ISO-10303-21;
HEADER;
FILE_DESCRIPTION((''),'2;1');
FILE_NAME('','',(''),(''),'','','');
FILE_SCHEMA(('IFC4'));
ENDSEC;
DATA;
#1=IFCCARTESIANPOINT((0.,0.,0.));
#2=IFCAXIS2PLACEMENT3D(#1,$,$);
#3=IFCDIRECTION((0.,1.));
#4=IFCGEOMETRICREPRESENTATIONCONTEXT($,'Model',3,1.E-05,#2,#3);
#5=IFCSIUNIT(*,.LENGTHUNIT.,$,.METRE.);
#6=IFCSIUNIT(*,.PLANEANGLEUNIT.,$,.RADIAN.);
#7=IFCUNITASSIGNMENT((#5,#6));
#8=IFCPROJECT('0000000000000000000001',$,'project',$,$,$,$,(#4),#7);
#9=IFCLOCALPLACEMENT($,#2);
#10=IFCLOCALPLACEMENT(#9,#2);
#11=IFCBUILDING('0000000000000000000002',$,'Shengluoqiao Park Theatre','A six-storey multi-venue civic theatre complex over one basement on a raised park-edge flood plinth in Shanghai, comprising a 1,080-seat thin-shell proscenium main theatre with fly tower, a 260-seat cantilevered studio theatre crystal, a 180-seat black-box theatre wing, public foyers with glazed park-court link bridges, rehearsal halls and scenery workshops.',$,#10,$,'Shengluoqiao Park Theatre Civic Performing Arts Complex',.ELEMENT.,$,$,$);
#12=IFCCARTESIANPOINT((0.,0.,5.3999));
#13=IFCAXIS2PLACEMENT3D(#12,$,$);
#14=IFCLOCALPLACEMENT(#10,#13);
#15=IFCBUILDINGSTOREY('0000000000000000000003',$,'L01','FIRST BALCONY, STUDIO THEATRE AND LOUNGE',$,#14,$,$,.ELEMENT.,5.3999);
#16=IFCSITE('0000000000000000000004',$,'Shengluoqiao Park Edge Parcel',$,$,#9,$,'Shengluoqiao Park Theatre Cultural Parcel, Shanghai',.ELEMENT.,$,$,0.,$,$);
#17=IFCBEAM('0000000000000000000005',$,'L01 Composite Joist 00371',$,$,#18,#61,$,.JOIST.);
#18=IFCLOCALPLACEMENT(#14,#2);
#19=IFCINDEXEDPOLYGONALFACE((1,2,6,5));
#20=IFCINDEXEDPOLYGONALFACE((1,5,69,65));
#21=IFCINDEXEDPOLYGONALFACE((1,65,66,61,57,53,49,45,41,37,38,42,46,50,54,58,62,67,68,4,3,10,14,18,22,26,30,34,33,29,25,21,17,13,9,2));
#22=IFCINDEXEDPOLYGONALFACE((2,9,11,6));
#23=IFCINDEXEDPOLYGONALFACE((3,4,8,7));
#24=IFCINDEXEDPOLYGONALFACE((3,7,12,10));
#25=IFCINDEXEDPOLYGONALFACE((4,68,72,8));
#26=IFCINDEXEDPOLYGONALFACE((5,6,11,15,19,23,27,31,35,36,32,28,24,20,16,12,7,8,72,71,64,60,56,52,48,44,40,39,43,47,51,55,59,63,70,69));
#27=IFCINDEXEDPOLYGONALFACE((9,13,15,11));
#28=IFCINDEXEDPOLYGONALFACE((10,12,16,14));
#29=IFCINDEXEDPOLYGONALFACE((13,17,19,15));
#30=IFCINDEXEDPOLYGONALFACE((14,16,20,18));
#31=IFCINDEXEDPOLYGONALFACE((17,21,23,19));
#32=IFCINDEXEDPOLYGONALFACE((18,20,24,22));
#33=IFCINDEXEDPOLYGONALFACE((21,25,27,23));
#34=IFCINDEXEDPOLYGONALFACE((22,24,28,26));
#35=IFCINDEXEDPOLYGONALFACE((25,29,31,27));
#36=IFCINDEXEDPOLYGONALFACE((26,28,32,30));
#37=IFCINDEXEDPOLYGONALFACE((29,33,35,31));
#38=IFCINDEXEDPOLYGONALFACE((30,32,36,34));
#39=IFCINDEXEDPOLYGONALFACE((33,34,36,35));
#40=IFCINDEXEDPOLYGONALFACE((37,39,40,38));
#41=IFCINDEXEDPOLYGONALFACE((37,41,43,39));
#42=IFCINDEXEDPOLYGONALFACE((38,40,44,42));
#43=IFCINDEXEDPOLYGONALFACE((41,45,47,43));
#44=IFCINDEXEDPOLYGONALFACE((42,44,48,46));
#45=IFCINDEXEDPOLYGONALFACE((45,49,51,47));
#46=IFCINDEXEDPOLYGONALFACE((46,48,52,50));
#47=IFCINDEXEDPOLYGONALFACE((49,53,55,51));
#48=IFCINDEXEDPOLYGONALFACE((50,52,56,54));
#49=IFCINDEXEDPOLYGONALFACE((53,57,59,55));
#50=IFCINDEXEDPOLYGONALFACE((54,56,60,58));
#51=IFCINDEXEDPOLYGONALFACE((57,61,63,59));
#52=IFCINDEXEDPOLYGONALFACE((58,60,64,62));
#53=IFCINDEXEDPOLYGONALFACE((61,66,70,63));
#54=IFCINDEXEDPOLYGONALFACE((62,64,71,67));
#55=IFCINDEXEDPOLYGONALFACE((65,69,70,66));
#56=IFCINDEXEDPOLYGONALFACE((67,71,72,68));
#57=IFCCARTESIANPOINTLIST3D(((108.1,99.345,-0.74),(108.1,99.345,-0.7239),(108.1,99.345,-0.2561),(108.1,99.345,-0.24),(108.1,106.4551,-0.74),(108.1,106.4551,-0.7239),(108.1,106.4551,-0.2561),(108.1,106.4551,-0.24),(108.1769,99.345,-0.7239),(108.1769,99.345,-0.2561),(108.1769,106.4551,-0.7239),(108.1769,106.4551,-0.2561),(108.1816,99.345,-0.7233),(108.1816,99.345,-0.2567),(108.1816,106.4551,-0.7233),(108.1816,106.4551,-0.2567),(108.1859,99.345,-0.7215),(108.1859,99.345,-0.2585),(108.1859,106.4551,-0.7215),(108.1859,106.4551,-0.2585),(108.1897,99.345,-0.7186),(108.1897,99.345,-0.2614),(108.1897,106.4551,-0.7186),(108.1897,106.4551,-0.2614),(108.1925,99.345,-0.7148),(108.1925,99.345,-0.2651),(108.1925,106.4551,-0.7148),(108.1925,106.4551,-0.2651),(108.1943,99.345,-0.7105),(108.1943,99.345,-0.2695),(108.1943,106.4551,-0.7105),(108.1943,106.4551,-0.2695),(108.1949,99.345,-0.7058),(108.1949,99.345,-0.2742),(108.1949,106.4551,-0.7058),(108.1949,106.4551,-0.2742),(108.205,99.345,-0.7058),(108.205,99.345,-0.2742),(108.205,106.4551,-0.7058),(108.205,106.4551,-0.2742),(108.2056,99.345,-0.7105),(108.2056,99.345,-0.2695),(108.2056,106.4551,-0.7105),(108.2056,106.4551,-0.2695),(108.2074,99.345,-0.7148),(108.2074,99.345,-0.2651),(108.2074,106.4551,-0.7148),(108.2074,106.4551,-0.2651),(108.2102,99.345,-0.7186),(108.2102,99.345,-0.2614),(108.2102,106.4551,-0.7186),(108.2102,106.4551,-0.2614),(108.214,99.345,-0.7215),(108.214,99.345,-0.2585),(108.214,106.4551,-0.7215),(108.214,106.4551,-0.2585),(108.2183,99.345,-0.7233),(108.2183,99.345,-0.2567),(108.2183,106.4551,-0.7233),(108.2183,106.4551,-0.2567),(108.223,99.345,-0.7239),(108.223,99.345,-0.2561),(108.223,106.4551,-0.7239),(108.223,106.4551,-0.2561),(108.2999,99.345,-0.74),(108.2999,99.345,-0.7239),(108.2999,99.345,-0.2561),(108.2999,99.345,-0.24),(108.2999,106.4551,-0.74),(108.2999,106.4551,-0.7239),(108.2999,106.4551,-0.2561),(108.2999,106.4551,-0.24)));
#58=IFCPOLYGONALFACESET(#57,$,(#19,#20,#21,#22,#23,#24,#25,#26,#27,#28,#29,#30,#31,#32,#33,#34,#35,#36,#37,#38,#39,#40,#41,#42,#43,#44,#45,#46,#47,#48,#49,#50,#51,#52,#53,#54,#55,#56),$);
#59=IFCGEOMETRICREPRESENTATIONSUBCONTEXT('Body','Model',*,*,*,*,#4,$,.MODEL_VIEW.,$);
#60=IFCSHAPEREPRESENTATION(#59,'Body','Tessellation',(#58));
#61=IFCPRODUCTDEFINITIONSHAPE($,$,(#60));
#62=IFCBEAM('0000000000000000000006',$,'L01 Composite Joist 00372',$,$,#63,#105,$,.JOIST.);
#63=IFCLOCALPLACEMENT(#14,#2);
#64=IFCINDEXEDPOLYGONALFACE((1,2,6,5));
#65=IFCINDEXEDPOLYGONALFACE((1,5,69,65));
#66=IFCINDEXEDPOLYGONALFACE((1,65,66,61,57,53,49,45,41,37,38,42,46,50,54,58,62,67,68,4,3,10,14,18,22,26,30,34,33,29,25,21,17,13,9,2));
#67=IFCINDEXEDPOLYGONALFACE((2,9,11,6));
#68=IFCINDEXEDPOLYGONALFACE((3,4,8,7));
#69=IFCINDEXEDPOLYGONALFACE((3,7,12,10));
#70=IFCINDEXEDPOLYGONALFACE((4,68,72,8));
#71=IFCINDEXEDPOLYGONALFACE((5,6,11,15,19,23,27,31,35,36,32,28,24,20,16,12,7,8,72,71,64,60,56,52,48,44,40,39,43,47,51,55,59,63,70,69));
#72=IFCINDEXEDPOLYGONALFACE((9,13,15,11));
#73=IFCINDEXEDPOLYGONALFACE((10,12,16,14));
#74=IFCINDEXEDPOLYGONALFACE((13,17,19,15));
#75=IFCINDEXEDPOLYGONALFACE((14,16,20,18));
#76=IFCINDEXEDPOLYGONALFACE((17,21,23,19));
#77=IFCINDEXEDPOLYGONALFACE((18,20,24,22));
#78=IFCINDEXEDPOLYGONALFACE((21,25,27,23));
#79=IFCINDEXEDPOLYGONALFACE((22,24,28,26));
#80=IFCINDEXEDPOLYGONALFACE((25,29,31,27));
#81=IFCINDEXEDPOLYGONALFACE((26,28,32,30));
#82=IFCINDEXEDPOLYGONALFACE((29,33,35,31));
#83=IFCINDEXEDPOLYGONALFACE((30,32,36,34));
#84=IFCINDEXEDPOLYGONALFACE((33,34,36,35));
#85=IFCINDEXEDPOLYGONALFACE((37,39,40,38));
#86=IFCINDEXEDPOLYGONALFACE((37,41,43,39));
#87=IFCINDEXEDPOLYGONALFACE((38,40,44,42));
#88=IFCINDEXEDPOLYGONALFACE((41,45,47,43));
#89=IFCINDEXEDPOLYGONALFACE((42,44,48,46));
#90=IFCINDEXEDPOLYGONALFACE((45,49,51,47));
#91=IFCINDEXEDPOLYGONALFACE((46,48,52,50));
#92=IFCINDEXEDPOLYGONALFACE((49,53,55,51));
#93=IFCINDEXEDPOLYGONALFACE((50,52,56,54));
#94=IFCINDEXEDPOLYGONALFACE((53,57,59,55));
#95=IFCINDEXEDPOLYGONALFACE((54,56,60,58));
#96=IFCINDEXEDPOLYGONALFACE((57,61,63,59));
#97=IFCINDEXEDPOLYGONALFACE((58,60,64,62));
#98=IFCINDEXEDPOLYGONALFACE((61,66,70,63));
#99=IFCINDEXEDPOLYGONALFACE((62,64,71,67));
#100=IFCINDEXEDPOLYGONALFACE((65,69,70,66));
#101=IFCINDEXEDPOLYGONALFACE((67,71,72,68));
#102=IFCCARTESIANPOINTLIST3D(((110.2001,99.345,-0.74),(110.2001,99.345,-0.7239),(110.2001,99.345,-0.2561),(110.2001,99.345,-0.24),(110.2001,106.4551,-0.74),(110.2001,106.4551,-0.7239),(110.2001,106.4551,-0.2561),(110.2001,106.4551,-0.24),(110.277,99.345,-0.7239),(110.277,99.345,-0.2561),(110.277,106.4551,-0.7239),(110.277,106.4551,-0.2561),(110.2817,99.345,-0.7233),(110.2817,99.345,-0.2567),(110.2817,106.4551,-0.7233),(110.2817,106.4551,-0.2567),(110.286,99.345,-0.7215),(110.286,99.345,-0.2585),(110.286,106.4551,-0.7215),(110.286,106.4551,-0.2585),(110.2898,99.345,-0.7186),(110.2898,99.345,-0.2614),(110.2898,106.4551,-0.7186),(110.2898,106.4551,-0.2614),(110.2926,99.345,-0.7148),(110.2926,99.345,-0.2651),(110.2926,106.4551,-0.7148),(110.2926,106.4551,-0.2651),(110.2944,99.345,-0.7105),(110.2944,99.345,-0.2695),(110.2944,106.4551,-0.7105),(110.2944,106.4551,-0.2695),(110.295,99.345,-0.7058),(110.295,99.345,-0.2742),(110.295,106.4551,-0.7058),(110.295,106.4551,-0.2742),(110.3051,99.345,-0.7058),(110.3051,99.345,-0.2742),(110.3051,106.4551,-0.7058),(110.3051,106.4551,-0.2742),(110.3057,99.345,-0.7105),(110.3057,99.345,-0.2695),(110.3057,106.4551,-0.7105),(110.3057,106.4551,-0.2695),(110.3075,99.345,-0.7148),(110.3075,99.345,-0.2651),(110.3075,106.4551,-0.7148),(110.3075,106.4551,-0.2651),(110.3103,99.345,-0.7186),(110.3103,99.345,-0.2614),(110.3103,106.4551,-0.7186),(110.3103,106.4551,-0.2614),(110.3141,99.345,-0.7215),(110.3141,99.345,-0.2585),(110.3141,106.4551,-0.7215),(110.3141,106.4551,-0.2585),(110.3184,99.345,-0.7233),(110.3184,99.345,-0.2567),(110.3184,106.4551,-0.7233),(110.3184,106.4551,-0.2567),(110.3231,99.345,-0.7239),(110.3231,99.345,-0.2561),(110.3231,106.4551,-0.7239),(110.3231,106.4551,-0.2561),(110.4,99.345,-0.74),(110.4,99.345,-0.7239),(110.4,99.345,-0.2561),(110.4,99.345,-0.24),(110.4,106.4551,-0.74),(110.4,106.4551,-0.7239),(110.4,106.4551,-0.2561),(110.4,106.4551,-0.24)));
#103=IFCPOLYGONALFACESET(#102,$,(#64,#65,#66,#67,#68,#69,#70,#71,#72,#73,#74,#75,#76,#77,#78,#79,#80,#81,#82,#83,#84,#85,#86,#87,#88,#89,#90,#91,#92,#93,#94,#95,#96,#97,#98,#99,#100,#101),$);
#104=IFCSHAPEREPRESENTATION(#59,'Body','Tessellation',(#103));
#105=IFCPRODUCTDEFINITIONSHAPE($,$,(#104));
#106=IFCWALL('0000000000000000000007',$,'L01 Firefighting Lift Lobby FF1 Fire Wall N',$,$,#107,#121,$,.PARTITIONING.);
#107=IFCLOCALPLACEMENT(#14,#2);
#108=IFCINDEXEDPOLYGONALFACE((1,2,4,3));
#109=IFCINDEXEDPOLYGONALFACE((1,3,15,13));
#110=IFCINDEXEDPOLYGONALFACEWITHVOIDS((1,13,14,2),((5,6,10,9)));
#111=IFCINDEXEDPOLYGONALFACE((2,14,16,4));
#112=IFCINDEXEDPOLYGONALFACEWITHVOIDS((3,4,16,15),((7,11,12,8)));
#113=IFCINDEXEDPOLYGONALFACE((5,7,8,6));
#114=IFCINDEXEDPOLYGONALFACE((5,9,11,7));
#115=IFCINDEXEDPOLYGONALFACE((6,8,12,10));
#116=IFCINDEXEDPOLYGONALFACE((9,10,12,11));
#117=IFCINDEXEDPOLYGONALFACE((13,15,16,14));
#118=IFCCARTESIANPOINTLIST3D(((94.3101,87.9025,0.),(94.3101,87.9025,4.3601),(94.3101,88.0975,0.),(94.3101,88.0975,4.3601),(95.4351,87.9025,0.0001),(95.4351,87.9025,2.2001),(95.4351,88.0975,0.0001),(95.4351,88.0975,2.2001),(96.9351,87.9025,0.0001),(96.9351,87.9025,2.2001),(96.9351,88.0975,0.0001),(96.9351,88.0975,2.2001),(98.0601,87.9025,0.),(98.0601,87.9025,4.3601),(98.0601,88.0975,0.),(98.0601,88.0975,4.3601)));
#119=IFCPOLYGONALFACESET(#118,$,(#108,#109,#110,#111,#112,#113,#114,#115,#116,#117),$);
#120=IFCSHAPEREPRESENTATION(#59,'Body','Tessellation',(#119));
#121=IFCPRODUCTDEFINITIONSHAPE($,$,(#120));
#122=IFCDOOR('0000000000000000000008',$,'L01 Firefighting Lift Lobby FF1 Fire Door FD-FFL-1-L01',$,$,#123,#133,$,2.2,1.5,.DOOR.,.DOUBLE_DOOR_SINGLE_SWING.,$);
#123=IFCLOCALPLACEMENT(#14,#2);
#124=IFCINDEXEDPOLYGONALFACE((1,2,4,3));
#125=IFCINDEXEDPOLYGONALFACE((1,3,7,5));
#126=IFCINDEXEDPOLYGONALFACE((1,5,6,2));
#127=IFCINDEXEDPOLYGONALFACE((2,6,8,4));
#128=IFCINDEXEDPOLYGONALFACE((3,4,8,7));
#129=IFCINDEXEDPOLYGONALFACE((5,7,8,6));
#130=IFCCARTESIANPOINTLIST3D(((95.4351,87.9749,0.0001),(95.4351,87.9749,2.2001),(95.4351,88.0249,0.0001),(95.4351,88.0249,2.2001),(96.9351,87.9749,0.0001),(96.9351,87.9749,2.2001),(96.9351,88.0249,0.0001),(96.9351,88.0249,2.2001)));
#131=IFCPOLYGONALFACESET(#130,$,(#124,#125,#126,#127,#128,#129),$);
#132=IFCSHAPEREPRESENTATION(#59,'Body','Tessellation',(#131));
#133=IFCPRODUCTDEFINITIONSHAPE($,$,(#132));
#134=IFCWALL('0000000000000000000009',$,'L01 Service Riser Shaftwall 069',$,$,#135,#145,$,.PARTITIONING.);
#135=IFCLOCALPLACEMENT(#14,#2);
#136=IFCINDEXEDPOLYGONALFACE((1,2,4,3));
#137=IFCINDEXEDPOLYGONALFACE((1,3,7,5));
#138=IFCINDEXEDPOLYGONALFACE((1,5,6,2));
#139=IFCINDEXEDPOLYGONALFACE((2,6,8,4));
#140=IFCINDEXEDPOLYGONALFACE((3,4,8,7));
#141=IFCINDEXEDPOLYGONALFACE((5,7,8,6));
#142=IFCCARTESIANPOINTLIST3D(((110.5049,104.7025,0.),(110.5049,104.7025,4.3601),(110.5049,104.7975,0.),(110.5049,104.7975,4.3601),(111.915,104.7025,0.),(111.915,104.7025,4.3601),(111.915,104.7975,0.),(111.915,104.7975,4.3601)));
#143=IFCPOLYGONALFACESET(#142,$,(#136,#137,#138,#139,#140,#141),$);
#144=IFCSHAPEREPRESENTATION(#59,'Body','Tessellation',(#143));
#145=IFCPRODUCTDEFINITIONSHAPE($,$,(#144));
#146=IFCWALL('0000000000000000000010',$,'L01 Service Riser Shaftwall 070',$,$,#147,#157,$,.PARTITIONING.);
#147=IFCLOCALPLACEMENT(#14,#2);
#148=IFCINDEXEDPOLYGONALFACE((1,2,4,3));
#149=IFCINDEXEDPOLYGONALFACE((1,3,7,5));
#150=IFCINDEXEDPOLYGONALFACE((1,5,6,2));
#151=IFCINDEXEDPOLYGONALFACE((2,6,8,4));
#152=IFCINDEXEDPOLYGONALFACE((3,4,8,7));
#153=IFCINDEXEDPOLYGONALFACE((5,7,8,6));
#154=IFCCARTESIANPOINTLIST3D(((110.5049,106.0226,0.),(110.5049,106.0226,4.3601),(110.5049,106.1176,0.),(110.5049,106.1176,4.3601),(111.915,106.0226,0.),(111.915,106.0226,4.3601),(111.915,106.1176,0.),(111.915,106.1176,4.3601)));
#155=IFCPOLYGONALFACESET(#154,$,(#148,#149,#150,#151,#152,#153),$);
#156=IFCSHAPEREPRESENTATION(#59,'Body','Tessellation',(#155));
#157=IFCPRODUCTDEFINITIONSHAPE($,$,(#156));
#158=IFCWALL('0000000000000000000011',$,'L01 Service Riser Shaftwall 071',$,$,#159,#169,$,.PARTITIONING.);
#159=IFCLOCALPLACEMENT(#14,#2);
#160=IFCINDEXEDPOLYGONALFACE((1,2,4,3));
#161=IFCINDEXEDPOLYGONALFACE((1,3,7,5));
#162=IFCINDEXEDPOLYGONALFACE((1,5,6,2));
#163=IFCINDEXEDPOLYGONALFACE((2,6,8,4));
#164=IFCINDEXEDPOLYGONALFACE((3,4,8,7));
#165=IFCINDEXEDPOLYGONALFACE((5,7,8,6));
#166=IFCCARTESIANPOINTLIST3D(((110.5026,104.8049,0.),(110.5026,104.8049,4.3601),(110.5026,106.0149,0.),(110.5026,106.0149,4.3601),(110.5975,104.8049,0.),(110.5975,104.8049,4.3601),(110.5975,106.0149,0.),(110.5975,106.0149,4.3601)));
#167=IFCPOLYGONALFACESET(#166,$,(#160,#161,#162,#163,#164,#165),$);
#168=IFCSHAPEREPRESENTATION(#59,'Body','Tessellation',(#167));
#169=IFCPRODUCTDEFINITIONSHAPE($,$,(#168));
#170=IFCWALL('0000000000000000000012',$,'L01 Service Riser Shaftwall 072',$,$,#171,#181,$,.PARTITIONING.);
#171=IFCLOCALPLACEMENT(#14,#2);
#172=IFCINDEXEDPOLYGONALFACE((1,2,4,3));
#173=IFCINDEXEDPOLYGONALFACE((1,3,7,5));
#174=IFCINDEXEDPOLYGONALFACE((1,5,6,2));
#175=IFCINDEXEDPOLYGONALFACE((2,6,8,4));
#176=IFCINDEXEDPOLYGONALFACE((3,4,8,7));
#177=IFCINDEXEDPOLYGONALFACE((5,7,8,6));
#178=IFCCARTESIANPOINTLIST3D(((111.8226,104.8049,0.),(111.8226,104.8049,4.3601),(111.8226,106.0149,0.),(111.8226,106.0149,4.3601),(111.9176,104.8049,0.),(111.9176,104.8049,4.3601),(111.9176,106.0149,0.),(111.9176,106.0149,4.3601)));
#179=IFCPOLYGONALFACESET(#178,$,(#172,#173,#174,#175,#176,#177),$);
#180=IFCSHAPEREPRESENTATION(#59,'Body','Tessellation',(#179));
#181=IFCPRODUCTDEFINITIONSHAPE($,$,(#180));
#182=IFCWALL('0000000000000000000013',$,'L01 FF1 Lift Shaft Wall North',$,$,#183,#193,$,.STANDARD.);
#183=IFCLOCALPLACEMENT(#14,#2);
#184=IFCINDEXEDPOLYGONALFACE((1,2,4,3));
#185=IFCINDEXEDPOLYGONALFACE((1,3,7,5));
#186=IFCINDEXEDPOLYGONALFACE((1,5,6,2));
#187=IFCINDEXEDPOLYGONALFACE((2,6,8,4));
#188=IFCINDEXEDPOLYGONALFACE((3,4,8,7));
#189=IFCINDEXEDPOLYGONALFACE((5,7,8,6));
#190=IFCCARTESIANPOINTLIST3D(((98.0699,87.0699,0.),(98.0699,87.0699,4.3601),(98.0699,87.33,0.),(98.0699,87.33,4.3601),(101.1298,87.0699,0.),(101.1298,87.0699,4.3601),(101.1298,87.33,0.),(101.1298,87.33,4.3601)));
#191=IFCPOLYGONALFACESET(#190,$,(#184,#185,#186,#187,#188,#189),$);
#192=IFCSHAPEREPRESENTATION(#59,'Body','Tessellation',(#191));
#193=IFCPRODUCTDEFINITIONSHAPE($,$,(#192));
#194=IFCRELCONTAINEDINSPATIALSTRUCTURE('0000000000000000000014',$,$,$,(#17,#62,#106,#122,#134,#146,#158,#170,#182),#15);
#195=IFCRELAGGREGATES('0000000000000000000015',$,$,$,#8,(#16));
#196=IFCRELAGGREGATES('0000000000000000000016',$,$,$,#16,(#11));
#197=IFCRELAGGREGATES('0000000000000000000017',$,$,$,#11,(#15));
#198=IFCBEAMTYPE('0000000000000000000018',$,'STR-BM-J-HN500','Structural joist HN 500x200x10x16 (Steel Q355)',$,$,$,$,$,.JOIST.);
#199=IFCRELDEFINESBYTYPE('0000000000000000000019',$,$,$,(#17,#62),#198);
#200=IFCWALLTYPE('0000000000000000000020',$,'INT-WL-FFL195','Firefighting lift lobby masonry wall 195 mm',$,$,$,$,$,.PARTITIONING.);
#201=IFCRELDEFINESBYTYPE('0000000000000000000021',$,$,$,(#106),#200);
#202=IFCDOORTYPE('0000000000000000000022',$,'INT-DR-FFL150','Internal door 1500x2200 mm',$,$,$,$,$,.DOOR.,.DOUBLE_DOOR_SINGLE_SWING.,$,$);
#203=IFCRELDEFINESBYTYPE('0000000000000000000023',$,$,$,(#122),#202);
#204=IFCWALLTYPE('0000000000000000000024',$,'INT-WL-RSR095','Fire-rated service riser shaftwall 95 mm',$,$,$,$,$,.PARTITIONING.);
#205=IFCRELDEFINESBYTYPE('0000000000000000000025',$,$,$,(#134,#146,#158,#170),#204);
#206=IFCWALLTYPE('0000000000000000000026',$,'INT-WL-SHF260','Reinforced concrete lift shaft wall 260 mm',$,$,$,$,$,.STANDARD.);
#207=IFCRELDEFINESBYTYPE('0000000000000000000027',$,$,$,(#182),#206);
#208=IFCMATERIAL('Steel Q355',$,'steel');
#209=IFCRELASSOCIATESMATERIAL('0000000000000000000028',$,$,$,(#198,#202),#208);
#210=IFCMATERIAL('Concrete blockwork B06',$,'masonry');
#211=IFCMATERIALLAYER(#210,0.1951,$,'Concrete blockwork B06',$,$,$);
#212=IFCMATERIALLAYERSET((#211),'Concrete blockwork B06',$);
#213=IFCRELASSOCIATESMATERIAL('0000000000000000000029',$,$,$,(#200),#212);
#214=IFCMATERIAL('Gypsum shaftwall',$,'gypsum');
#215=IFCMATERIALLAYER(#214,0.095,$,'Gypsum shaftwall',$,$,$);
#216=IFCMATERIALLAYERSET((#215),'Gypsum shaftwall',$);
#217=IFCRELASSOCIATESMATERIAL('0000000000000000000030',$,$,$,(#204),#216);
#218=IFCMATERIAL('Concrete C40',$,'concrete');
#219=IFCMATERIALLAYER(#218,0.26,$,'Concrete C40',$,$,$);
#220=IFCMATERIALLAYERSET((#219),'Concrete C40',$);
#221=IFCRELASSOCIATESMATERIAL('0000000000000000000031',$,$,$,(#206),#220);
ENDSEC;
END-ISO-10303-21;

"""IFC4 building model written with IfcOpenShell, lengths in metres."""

from ifc_helpers import new_model, si_unit, direction, frame, frame_2d, origin, origin_2d, place, context, subcontext, project, spatial, rectangle, i_section, extrude, material, layer, layer_set, material_profile, profile_set, type_object, element, fill, save


model = new_model("IFC4")

# Units and contexts
model_context = context("Model", 3, precision=1e-05, world=origin(), true_north=direction((0.0, 1.0)))
body_context = subcontext(model_context, "Body", "Model", "MODEL_VIEW")
ifc_project = project(units=[si_unit("LENGTHUNIT", "METRE"), si_unit("PLANEANGLEUNIT", "RADIAN")], contexts=[model_context])

# Site, building, storey
site_placement = place(None, origin())
site = spatial("IfcSite", under=ifc_project, at=site_placement, Name="Shengluoqiao Park Edge Parcel", LongName="Shengluoqiao Park Theatre Cultural Parcel, Shanghai", CompositionType="ELEMENT", RefElevation=0.0)
building_placement = place(site_placement, origin())
building = spatial("IfcBuilding", under=site, at=building_placement, Name="Shengluoqiao Park Theatre", Description="A six-storey multi-venue civic theatre complex over one basement on a raised park-edge flood plinth in Shanghai, comprising a 1,080-seat thin-shell proscenium main theatre with fly tower, a 260-seat cantilevered studio theatre crystal, a 180-seat black-box theatre wing, public foyers with glazed park-court link bridges, rehearsal halls and scenery workshops.", LongName="Shengluoqiao Park Theatre Civic Performing Arts Complex", CompositionType="ELEMENT")
storey_placement = place(building_placement, frame((0.0, 0.0, 5.3999)))
storey = spatial("IfcBuildingStorey", under=building, at=storey_placement, Name="L01", Description="FIRST BALCONY, STUDIO THEATRE AND LOUNGE", CompositionType="ELEMENT", Elevation=5.3999)

# Beams
ifc_material_1 = material(Name="Steel Q355", Category="steel")
ifc_material_profile_1 = material_profile(ifc_material_1, i_section(OverallWidth=0.2, OverallDepth=0.5, WebThickness=0.01, FlangeThickness=0.0161, FilletRadius=0.0181, at=origin_2d()), Name="HN 500x200x10x16")
ifc_profile_set_1 = profile_set([ifc_material_profile_1], Name="Steel Q355")
beam_type_1 = type_object("IfcBeamType", Name="STR-BM-J-HN500", Description="Structural joist HN 500x200x10x16 (Steel Q355)", PredefinedType="JOIST", material=ifc_profile_set_1)
for number, where, z_axis, x_axis, name in (
    (1, (108.2, 99.345, -0.49), (0.0, 1.0, 0.0), (-1.0, 0.0, 0.0), "L01 Composite Joist 00371"),
    (2, (110.3, 99.345, -0.49), (0.0, 1.0, 0.0), (-1.0, 0.0, 0.0), "L01 Composite Joist 00372"),
):
    element("IfcBeam", number, at=place(storey_placement, frame(where, z_axis=z_axis, x_axis=x_axis)), inside=storey, type_object=beam_type_1, Name=name, PredefinedType="JOIST", context=body_context, shape_type="SweptSolid", body=[
        extrude(i_section(OverallWidth=0.2, OverallDepth=0.5, WebThickness=0.01, FlangeThickness=0.0161, FilletRadius=0.0181, at=origin_2d()), origin(), (0.0, 0.0, 1.0), 7.1101),
    ])

# Wall, opening, door
ifc_material_2 = material(Name="Concrete blockwork B06", Category="masonry")
ifc_layer_1 = layer(ifc_material_2, 0.1951, Name="Concrete blockwork B06")
ifc_layer_set_1 = layer_set([ifc_layer_1], Name="Concrete blockwork B06")
wall_type_1 = type_object("IfcWallType", Name="INT-WL-FFL195", Description="Firefighting lift lobby masonry wall 195 mm", PredefinedType="PARTITIONING", material=ifc_layer_set_1)
wall_1_placement = place(storey_placement, frame((94.3101, 88.0, 0.0), z_axis=(0.0, 0.0, 1.0), x_axis=(1.0, 0.0, 0.0)))
wall_1 = element("IfcWall", 3, at=wall_1_placement, inside=storey, type_object=wall_type_1, Name="L01 Firefighting Lift Lobby FF1 Fire Wall N", PredefinedType="PARTITIONING", context=body_context, shape_type="SweptSolid", body=[
    extrude(rectangle(XDim=3.75, YDim=0.1951, at=frame_2d((1.875, 0.0))), origin(), (0.0, 0.0, 1.0), 4.3601),
])
opening_placement = place(wall_1_placement, frame((1.125, 0.0, 0.0)))
opening = element("IfcOpeningElement", 4, at=opening_placement, cuts=wall_1, PredefinedType="OPENING", context=body_context, shape_type="SweptSolid", body=[
    extrude(rectangle(XDim=1.5, YDim=2.2, at=frame_2d((0.75, 1.1001))), frame((0.0, 0.1074, 0.0), z_axis=(0.0, -1.0, 0.0), x_axis=(1.0, 0.0, 0.0)), (0.0, 0.0, 1.0), 0.2151),
])
door_type = type_object("IfcDoorType", Name="INT-DR-FFL150", Description="Internal door 1500x2200 mm", OperationType="DOUBLE_DOOR_SINGLE_SWING", PredefinedType="DOOR", material=ifc_material_1)
door_placement = place(opening_placement, origin())
door = element("IfcDoor", 5, at=door_placement, inside=storey, type_object=door_type, Name="L01 Firefighting Lift Lobby FF1 Fire Door FD-FFL-1-L01", OperationType="DOUBLE_DOOR_SINGLE_SWING", OverallHeight=2.2, OverallWidth=1.5, PredefinedType="DOOR", context=body_context, shape_type="SweptSolid", body=[
    extrude(rectangle(XDim=1.5, YDim=2.2, at=frame_2d((0.75, 1.1001))), frame((0.0, 0.0249, 0.0), z_axis=(0.0, -1.0, 0.0), x_axis=(1.0, 0.0, 0.0)), (0.0, 0.0, 1.0), 0.05),
])
fill(opening, door)

# Walls
ifc_material_3 = material(Name="Gypsum shaftwall", Category="gypsum")
ifc_layer_2 = layer(ifc_material_3, 0.095, Name="Gypsum shaftwall")
ifc_layer_set_2 = layer_set([ifc_layer_2], Name="Gypsum shaftwall")
wall_type_2 = type_object("IfcWallType", Name="INT-WL-RSR095", Description="Fire-rated service riser shaftwall 95 mm", PredefinedType="PARTITIONING", material=ifc_layer_set_2)
for number, where, z_axis, x_axis, name in (
    (6, (110.5049, 104.75, 0.0), (0.0, 0.0, 1.0), (1.0, 0.0, 0.0), "L01 Service Riser Shaftwall 069"),
    (7, (110.5049, 106.0701, 0.0), (0.0, 0.0, 1.0), (1.0, 0.0, 0.0), "L01 Service Riser Shaftwall 070"),
):
    element("IfcWall", number, at=place(storey_placement, frame(where, z_axis=z_axis, x_axis=x_axis)), inside=storey, type_object=wall_type_2, Name=name, PredefinedType="PARTITIONING", context=body_context, shape_type="SweptSolid", body=[
        extrude(rectangle(XDim=1.4102, YDim=0.095, at=frame_2d((0.7051, 0.0))), origin(), (0.0, 0.0, 1.0), 4.3601),
    ])
for number, where, z_axis, x_axis, name in (
    (8, (110.55, 104.8049, 0.0), (0.0, 0.0, 1.0), (0.0, 1.0, 0.0), "L01 Service Riser Shaftwall 071"),
    (9, (111.8701, 104.8049, 0.0), (0.0, 0.0, 1.0), (0.0, 1.0, 0.0), "L01 Service Riser Shaftwall 072"),
):
    element("IfcWall", number, at=place(storey_placement, frame(where, z_axis=z_axis, x_axis=x_axis)), inside=storey, type_object=wall_type_2, Name=name, PredefinedType="PARTITIONING", context=body_context, shape_type="SweptSolid", body=[
        extrude(rectangle(XDim=1.21, YDim=0.095, at=frame_2d((0.605, 0.0))), origin(), (0.0, 0.0, 1.0), 4.3601),
    ])
ifc_material_4 = material(Name="Concrete C40", Category="concrete")
ifc_layer_3 = layer(ifc_material_4, 0.26, Name="Concrete C40")
ifc_layer_set_3 = layer_set([ifc_layer_3], Name="Concrete C40")
wall_type_3 = type_object("IfcWallType", Name="INT-WL-SHF260", Description="Reinforced concrete lift shaft wall 260 mm", PredefinedType="STANDARD", material=ifc_layer_set_3)
wall_2_placement = place(storey_placement, frame((98.0701, 87.2, 0.0), z_axis=(0.0, 0.0, 1.0), x_axis=(1.0, 0.0, 0.0)))
element("IfcWall", 10, at=wall_2_placement, inside=storey, type_object=wall_type_3, Name="L01 FF1 Lift Shaft Wall North", PredefinedType="STANDARD", context=body_context, shape_type="SweptSolid", body=[
    extrude(rectangle(XDim=3.0598, YDim=0.26, at=frame_2d((1.5298, 0.0))), origin(), (0.0, 0.0, 1.0), 4.3601),
])

save(model, "model.ifc")
